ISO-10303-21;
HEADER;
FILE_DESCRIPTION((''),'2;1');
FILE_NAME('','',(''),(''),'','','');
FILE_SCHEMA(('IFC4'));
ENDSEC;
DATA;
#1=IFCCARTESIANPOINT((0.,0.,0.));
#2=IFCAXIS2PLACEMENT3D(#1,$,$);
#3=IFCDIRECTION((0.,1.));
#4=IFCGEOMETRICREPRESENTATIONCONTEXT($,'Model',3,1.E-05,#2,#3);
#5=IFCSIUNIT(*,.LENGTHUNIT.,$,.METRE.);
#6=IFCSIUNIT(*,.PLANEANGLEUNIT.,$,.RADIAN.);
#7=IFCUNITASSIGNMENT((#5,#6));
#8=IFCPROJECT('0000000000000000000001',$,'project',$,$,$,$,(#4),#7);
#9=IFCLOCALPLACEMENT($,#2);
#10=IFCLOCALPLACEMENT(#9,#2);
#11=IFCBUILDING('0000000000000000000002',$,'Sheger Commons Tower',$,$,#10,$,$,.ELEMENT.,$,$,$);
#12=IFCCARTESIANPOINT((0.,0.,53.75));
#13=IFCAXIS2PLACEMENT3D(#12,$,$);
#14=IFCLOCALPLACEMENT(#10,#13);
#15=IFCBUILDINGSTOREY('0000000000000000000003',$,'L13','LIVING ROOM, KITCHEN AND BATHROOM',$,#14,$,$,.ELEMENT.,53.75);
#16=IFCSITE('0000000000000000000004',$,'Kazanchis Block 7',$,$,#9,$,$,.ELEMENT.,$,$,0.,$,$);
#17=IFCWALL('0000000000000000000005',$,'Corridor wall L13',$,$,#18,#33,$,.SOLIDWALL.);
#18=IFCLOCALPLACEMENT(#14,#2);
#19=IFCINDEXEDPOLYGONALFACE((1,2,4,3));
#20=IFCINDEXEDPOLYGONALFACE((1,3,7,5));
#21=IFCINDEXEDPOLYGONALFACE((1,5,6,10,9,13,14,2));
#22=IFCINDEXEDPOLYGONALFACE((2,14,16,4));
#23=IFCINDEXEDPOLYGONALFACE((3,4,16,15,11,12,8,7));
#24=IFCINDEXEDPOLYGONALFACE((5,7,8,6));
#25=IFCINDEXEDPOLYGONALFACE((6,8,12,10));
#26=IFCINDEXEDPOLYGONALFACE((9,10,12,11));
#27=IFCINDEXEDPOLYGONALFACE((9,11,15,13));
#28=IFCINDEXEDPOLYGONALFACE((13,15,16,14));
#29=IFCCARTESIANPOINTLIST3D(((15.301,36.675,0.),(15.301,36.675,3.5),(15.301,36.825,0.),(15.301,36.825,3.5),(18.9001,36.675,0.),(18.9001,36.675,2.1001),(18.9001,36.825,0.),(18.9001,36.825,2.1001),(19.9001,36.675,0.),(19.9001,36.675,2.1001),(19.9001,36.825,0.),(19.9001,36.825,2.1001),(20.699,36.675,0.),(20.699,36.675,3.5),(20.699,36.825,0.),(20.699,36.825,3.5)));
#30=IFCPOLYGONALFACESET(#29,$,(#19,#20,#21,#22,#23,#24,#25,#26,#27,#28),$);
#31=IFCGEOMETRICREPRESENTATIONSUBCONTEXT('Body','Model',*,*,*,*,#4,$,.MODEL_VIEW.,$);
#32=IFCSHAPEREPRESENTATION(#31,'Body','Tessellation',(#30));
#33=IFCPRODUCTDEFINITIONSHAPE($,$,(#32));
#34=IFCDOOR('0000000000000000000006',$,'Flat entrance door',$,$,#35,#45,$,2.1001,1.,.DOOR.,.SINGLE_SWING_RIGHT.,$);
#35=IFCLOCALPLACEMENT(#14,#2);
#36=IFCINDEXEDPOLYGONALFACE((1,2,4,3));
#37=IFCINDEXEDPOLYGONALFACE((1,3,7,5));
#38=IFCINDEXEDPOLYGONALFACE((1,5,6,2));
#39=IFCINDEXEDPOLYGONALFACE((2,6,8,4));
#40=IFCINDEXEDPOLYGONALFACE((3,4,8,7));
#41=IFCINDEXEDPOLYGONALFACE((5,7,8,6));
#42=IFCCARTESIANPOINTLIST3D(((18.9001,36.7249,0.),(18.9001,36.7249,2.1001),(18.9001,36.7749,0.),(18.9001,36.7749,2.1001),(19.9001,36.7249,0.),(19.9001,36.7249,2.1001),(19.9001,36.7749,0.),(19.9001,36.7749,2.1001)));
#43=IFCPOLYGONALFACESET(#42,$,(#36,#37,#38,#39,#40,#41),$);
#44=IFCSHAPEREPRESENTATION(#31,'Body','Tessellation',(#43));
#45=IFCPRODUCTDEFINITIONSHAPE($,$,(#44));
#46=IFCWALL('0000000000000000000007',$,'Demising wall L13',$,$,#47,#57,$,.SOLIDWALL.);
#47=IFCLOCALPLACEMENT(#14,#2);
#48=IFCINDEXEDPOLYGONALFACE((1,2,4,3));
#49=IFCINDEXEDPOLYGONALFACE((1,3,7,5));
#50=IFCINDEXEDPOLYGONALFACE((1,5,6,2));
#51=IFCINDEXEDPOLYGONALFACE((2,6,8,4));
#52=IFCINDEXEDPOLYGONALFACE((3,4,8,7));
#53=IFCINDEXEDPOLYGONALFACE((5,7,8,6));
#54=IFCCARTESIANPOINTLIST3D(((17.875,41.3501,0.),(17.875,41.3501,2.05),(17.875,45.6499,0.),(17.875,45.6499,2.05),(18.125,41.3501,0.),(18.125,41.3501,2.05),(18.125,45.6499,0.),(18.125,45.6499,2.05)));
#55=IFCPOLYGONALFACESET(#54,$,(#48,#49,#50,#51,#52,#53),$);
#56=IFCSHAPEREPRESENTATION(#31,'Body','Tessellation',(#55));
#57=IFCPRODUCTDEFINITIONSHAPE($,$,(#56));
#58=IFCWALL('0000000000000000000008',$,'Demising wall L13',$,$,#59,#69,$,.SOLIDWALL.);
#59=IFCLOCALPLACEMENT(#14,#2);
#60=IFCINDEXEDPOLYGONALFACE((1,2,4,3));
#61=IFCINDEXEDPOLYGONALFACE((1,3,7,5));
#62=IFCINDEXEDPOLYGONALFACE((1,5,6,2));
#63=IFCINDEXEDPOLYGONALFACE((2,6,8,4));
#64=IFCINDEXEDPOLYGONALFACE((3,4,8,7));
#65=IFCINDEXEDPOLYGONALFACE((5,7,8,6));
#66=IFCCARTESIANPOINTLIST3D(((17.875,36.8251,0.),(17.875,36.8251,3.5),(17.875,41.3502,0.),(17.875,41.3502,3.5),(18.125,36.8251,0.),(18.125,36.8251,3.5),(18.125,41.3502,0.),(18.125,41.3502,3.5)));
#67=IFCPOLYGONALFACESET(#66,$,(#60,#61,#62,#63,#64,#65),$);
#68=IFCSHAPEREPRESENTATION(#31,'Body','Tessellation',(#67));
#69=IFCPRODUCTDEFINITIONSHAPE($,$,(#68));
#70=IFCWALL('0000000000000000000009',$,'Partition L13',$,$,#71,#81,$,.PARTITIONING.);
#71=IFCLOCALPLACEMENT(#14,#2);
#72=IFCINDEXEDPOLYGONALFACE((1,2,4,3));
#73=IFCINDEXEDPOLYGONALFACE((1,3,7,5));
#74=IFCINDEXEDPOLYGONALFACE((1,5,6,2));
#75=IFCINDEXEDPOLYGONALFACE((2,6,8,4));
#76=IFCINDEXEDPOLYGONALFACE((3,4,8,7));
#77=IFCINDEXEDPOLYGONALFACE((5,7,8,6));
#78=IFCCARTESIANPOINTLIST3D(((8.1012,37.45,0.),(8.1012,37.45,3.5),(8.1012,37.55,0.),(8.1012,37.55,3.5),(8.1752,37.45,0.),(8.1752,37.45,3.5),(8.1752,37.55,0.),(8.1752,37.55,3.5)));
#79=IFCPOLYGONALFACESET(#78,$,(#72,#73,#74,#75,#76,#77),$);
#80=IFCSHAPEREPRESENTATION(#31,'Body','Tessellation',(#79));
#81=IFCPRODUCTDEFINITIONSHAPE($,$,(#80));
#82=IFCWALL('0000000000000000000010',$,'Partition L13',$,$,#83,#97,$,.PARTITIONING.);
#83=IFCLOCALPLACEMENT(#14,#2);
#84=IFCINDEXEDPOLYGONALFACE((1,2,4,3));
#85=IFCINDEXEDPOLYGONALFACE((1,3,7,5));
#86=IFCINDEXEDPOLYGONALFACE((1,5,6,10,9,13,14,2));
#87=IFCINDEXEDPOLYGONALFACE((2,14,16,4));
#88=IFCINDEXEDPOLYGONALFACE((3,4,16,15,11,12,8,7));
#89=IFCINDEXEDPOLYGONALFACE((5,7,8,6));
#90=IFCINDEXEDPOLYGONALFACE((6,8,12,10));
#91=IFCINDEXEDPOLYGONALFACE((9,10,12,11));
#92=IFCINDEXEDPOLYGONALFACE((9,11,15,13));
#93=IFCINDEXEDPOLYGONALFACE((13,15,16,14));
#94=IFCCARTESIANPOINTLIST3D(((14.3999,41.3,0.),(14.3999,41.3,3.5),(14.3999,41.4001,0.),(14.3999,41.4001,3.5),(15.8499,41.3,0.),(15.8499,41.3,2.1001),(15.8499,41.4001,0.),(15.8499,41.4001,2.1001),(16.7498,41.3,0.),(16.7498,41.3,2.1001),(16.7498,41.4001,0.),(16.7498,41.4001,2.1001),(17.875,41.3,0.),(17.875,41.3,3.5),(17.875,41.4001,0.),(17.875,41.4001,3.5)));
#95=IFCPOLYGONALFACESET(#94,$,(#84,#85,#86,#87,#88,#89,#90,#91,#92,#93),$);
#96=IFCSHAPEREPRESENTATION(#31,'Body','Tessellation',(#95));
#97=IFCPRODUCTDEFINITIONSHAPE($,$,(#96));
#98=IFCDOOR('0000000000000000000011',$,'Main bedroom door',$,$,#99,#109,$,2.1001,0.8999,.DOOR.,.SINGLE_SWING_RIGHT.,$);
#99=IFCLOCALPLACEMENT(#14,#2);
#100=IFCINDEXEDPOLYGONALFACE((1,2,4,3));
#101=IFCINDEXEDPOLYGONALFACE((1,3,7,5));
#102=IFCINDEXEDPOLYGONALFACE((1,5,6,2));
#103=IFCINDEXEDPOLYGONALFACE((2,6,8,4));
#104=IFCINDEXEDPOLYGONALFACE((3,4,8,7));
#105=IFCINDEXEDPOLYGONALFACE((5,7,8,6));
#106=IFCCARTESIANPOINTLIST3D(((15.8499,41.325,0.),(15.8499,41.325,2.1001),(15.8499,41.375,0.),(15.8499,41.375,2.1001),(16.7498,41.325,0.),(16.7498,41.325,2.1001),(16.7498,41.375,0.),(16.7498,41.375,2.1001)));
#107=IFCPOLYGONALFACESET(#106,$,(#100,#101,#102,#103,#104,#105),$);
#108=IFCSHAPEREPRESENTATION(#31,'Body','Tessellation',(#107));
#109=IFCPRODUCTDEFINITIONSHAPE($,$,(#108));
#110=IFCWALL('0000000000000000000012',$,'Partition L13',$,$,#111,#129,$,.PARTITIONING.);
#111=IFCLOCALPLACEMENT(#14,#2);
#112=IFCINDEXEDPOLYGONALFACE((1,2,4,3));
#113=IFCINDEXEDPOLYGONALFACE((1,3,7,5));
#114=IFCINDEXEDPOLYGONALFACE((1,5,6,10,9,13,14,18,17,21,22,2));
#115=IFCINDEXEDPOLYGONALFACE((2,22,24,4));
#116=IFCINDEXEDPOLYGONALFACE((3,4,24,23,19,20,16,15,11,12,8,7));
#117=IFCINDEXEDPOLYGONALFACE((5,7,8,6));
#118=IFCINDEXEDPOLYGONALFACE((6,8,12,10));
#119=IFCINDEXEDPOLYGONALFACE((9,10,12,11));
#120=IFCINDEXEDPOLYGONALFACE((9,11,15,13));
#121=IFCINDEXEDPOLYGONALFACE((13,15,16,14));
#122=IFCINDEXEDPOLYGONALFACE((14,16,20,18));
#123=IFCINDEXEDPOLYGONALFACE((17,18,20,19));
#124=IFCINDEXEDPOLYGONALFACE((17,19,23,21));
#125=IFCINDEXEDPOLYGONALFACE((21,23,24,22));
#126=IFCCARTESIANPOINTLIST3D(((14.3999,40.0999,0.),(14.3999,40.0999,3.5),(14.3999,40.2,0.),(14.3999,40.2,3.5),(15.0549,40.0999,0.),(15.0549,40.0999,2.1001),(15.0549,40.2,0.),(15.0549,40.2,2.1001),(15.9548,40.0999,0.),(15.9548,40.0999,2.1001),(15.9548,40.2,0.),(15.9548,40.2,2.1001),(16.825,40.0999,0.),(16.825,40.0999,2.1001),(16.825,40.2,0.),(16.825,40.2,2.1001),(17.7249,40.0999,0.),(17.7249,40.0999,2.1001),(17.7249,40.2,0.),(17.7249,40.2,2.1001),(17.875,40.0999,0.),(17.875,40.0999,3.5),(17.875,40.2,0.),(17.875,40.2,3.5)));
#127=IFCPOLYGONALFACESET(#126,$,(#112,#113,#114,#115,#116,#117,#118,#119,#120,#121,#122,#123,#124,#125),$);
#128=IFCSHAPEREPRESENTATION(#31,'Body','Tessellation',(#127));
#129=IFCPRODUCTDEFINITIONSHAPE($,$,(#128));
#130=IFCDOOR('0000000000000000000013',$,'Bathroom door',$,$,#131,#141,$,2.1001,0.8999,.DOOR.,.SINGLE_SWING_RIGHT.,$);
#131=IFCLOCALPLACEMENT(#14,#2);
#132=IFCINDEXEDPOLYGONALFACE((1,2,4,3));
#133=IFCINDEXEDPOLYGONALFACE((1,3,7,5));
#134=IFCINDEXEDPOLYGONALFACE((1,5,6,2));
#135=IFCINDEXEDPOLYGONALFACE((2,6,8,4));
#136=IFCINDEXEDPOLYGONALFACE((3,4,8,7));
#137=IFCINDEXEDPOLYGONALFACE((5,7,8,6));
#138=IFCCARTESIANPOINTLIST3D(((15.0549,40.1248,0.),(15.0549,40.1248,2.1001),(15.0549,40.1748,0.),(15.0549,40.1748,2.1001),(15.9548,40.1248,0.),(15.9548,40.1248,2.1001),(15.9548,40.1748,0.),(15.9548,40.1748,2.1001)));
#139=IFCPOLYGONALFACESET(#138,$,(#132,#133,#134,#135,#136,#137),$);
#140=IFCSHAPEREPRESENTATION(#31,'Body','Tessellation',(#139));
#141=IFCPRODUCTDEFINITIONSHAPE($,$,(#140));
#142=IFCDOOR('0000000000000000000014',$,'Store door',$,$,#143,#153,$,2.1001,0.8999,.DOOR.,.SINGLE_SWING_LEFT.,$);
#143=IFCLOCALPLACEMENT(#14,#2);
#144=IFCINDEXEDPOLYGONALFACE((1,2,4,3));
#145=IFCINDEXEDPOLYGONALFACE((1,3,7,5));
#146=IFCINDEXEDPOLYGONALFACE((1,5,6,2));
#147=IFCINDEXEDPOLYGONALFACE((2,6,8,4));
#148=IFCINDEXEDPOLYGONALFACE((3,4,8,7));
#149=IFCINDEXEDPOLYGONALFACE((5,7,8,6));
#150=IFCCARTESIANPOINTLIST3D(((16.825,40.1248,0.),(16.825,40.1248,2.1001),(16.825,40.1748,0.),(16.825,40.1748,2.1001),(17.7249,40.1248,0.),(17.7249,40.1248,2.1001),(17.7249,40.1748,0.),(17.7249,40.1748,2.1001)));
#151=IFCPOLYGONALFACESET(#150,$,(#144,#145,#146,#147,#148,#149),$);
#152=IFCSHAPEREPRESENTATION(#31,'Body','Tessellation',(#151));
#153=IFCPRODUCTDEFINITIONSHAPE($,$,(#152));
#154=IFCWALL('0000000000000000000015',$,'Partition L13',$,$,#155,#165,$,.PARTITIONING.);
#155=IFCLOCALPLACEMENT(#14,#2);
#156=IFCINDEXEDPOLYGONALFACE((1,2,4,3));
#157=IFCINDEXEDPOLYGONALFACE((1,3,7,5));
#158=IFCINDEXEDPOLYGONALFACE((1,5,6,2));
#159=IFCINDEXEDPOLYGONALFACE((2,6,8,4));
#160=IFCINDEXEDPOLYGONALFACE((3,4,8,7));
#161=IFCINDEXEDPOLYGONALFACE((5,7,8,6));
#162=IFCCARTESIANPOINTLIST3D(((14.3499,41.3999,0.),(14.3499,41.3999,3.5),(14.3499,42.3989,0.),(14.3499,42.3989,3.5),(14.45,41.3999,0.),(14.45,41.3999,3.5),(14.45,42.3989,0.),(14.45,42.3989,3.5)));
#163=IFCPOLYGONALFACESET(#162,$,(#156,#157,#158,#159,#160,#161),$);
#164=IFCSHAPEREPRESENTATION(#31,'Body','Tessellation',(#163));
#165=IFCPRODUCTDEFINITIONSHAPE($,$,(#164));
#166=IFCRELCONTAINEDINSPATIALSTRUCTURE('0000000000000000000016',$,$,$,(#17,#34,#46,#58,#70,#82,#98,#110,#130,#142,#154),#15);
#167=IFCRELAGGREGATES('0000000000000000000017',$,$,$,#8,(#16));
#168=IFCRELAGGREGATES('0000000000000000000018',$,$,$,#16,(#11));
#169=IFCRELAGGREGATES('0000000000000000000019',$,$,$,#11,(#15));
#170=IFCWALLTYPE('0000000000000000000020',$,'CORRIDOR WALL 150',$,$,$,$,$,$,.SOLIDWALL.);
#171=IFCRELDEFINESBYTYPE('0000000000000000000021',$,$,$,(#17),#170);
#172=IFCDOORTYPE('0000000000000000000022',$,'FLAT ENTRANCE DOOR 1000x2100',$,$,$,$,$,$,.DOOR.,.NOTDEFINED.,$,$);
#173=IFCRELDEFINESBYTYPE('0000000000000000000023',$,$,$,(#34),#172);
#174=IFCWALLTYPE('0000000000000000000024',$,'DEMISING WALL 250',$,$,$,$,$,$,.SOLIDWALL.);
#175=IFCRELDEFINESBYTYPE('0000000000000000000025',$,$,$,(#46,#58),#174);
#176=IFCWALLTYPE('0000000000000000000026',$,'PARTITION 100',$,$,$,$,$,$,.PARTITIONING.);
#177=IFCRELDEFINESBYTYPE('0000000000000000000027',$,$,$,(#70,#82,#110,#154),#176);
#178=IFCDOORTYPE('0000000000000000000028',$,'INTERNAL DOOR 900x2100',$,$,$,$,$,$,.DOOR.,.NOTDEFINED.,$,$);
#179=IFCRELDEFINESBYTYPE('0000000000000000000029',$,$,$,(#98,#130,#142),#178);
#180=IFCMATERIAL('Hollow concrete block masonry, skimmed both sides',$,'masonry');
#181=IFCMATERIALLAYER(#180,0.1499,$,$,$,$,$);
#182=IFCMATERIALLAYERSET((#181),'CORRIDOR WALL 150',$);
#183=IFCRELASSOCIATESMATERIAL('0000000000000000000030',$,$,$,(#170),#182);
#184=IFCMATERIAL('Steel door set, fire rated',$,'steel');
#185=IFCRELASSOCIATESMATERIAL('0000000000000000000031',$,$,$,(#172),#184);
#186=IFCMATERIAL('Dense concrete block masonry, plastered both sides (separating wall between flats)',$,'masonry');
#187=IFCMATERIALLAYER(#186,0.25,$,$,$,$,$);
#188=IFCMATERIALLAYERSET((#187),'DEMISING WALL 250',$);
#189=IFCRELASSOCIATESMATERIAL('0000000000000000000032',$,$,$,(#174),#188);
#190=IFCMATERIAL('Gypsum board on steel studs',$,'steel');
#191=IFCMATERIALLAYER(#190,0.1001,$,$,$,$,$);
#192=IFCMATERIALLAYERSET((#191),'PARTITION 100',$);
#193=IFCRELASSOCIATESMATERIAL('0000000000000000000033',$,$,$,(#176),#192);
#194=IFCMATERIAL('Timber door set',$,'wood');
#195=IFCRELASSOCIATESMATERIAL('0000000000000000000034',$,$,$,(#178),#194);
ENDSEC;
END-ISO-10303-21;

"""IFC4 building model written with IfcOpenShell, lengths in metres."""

from ifc_helpers import new_model, si_unit, direction, frame, frame_2d, origin, place, context, subcontext, project, spatial, rectangle, extrude, material, layer, layer_set, type_object, element, fill, save


model = new_model("IFC4")

# Units and contexts
model_context = context("Model", 3, precision=1e-05, world=origin(), true_north=direction((0.0, 1.0)))
body_context = subcontext(model_context, "Body", "Model", "MODEL_VIEW")
ifc_project = project(units=[si_unit("LENGTHUNIT", "METRE"), si_unit("PLANEANGLEUNIT", "RADIAN")], contexts=[model_context])

# Site, building, storey
site_placement = place(None, origin())
site = spatial("IfcSite", under=ifc_project, at=site_placement, Name="Kazanchis Block 7", CompositionType="ELEMENT", RefElevation=0.0)
building_placement = place(site_placement, origin())
building = spatial("IfcBuilding", under=site, at=building_placement, Name="Sheger Commons Tower", CompositionType="ELEMENT")
storey_placement = place(building_placement, frame((0.0, 0.0, 53.75)))
storey = spatial("IfcBuildingStorey", under=building, at=storey_placement, Name="L13", Description="LIVING ROOM, KITCHEN AND BATHROOM", CompositionType="ELEMENT", Elevation=53.75)

# Shared definitions
ifc_material_1 = material(Name="Hollow concrete block masonry, skimmed both sides", Category="masonry")
ifc_layer_1 = layer(ifc_material_1, 0.1499)
ifc_layer_set_1 = layer_set([ifc_layer_1], Name="CORRIDOR WALL 150")
wall_type_1 = type_object("IfcWallType", Name="CORRIDOR WALL 150", PredefinedType="SOLIDWALL", material=ifc_layer_set_1)

# Wall, opening, door
ifc_material_2 = material(Name="Steel door set, fire rated", Category="steel")
door_type_1 = type_object("IfcDoorType", Name="FLAT ENTRANCE DOOR 1000x2100", OperationType="NOTDEFINED", PredefinedType="DOOR", material=ifc_material_2)
wall_1_placement = place(storey_placement, frame((15.301, 36.75, 0.0), z_axis=(0.0, 0.0, 1.0), x_axis=(1.0, 0.0, 0.0)))
wall_1 = element("IfcWall", 1, at=wall_1_placement, inside=storey, type_object=wall_type_1, Name="Corridor wall L13", PredefinedType="SOLIDWALL", context=body_context, shape_type="SweptSolid", body=[
    extrude(rectangle(XDim=5.3979, YDim=0.1499, at=frame_2d((2.699, 0.0))), origin(), (0.0, 0.0, 1.0), 3.5),
])
opening_1_placement = place(wall_1_placement, frame((3.5991, 0.0, 0.0)))
opening_1 = element("IfcOpeningElement", 2, at=opening_1_placement, cuts=wall_1, PredefinedType="OPENING", context=body_context, shape_type="SweptSolid", body=[
    extrude(rectangle(XDim=1.0, YDim=2.1001, at=frame_2d((0.5, 1.05))), frame((0.0, 0.085, 0.0), z_axis=(0.0, -1.0, 0.0), x_axis=(1.0, 0.0, 0.0)), (0.0, 0.0, 1.0), 0.1699),
])
door_1_placement = place(opening_1_placement, origin())
door_1 = element("IfcDoor", 3, at=door_1_placement, inside=storey, type_object=door_type_1, Name="Flat entrance door", OperationType="SINGLE_SWING_RIGHT", OverallHeight=2.1001, OverallWidth=1.0, PredefinedType="DOOR", context=body_context, shape_type="SweptSolid", body=[
    extrude(rectangle(XDim=1.0, YDim=2.1001, at=frame_2d((0.5, 1.05))), frame((0.0, 0.0249, 0.0), z_axis=(0.0, -1.0, 0.0), x_axis=(1.0, 0.0, 0.0)), (0.0, 0.0, 1.0), 0.05),
])
fill(opening_1, door_1)

# Walls
ifc_material_3 = material(Name="Dense concrete block masonry, plastered both sides (separating wall between flats)", Category="masonry")
ifc_layer_2 = layer(ifc_material_3, 0.25)
ifc_layer_set_2 = layer_set([ifc_layer_2], Name="DEMISING WALL 250")
wall_type_2 = type_object("IfcWallType", Name="DEMISING WALL 250", PredefinedType="SOLIDWALL", material=ifc_layer_set_2)
wall_2_placement = place(storey_placement, frame((18.0, 41.3501, 0.0), z_axis=(0.0, 0.0, 1.0), x_axis=(0.0, 1.0, 0.0)))
element("IfcWall", 4, at=wall_2_placement, inside=storey, type_object=wall_type_2, Name="Demising wall L13", PredefinedType="SOLIDWALL", context=body_context, shape_type="SweptSolid", body=[
    extrude(rectangle(XDim=4.2998, YDim=0.25, at=frame_2d((2.1499, 0.0))), origin(), (0.0, 0.0, 1.0), 2.05),
])
wall_3_placement = place(storey_placement, frame((18.0, 36.825, 0.0), z_axis=(0.0, 0.0, 1.0), x_axis=(0.0, 1.0, 0.0)))
element("IfcWall", 5, at=wall_3_placement, inside=storey, type_object=wall_type_2, Name="Demising wall L13", PredefinedType="SOLIDWALL", context=body_context, shape_type="SweptSolid", body=[
    extrude(rectangle(XDim=4.5251, YDim=0.25, at=frame_2d((2.2627, 0.0))), origin(), (0.0, 0.0, 1.0), 3.5),
])
ifc_material_4 = material(Name="Gypsum board on steel studs", Category="steel")
ifc_layer_3 = layer(ifc_material_4, 0.1001)
ifc_layer_set_3 = layer_set([ifc_layer_3], Name="PARTITION 100")
wall_type_3 = type_object("IfcWallType", Name="PARTITION 100", PredefinedType="PARTITIONING", material=ifc_layer_set_3)
wall_4_placement = place(storey_placement, frame((8.1011, 37.5, 0.0), z_axis=(0.0, 0.0, 1.0), x_axis=(1.0, 0.0, 0.0)))
element("IfcWall", 6, at=wall_4_placement, inside=storey, type_object=wall_type_3, Name="Partition L13", PredefinedType="PARTITIONING", context=body_context, shape_type="SweptSolid", body=[
    extrude(rectangle(XDim=0.074, YDim=0.1001, at=frame_2d((0.0371, 0.0))), origin(), (0.0, 0.0, 1.0), 3.5),
])

# Wall, opening, door
wall_5_placement = place(storey_placement, frame((14.3999, 41.3501, 0.0), z_axis=(0.0, 0.0, 1.0), x_axis=(1.0, 0.0, 0.0)))
wall_5 = element("IfcWall", 7, at=wall_5_placement, inside=storey, type_object=wall_type_3, Name="Partition L13", PredefinedType="PARTITIONING", context=body_context, shape_type="SweptSolid", body=[
    extrude(rectangle(XDim=3.4751, YDim=0.1001, at=frame_2d((1.7375, 0.0))), origin(), (0.0, 0.0, 1.0), 3.5),
])
opening_2_placement = place(wall_5_placement, frame((1.45, 0.0, 0.0)))
opening_2 = element("IfcOpeningElement", 8, at=opening_2_placement, cuts=wall_5, PredefinedType="OPENING", context=body_context, shape_type="SweptSolid", body=[
    extrude(rectangle(XDim=0.8999, YDim=2.1001, at=frame_2d((0.45, 1.05))), frame((0.0, 0.0601, 0.0), z_axis=(0.0, -1.0, 0.0), x_axis=(1.0, 0.0, 0.0)), (0.0, 0.0, 1.0), 0.1201),
])
ifc_material_5 = material(Name="Timber door set", Category="wood")
door_type_2 = type_object("IfcDoorType", Name="INTERNAL DOOR 900x2100", OperationType="NOTDEFINED", PredefinedType="DOOR", material=ifc_material_5)
door_2_placement = place(opening_2_placement, origin())
door_2 = element("IfcDoor", 9, at=door_2_placement, inside=storey, type_object=door_type_2, Name="Main bedroom door", OperationType="SINGLE_SWING_RIGHT", OverallHeight=2.1001, OverallWidth=0.8999, PredefinedType="DOOR", context=body_context, shape_type="SweptSolid", body=[
    extrude(rectangle(XDim=0.8999, YDim=2.1001, at=frame_2d((0.45, 1.05))), frame((0.0, 0.0249, 0.0), z_axis=(0.0, -1.0, 0.0), x_axis=(1.0, 0.0, 0.0)), (0.0, 0.0, 1.0), 0.05),
])
fill(opening_2, door_2)

# Wall, openings, doors
wall_6_placement = place(storey_placement, frame((14.3999, 40.1499, 0.0), z_axis=(0.0, 0.0, 1.0), x_axis=(1.0, 0.0, 0.0)))
wall_6 = element("IfcWall", 10, at=wall_6_placement, inside=storey, type_object=wall_type_3, Name="Partition L13", PredefinedType="PARTITIONING", context=body_context, shape_type="SweptSolid", body=[
    extrude(rectangle(XDim=3.4751, YDim=0.1001, at=frame_2d((1.7375, 0.0))), origin(), (0.0, 0.0, 1.0), 3.5),
])
opening_3_placement = place(wall_6_placement, frame((0.655, 0.0, 0.0)))
opening_3 = element("IfcOpeningElement", 11, at=opening_3_placement, cuts=wall_6, PredefinedType="OPENING", context=body_context, shape_type="SweptSolid", body=[
    extrude(rectangle(XDim=0.8999, YDim=2.1001, at=frame_2d((0.45, 1.05))), frame((0.0, 0.0601, 0.0), z_axis=(0.0, -1.0, 0.0), x_axis=(1.0, 0.0, 0.0)), (0.0, 0.0, 1.0), 0.1201),
])
opening_4_placement = place(wall_6_placement, frame((2.425, 0.0, 0.0)))
opening_4 = element("IfcOpeningElement", 12, at=opening_4_placement, cuts=wall_6, PredefinedType="OPENING", context=body_context, shape_type="SweptSolid", body=[
    extrude(rectangle(XDim=0.8999, YDim=2.1001, at=frame_2d((0.45, 1.05))), frame((0.0, 0.0601, 0.0), z_axis=(0.0, -1.0, 0.0), x_axis=(1.0, 0.0, 0.0)), (0.0, 0.0, 1.0), 0.1201),
])
door_3_placement = place(opening_3_placement, origin())
door_3 = element("IfcDoor", 13, at=door_3_placement, inside=storey, type_object=door_type_2, Name="Bathroom door", OperationType="SINGLE_SWING_RIGHT", OverallHeight=2.1001, OverallWidth=0.8999, PredefinedType="DOOR", context=body_context, shape_type="SweptSolid", body=[
    extrude(rectangle(XDim=0.8999, YDim=2.1001, at=frame_2d((0.45, 1.05))), frame((0.0, 0.0249, 0.0), z_axis=(0.0, -1.0, 0.0), x_axis=(1.0, 0.0, 0.0)), (0.0, 0.0, 1.0), 0.05),
])
fill(opening_3, door_3)
door_4_placement = place(opening_4_placement, origin())
door_4 = element("IfcDoor", 14, at=door_4_placement, inside=storey, type_object=door_type_2, Name="Store door", OperationType="SINGLE_SWING_LEFT", OverallHeight=2.1001, OverallWidth=0.8999, PredefinedType="DOOR", context=body_context, shape_type="SweptSolid", body=[
    extrude(rectangle(XDim=0.8999, YDim=2.1001, at=frame_2d((0.45, 1.05))), frame((0.0, 0.0249, 0.0), z_axis=(0.0, -1.0, 0.0), x_axis=(1.0, 0.0, 0.0)), (0.0, 0.0, 1.0), 0.05),
])
fill(opening_4, door_4)

# Wall
wall_7_placement = place(storey_placement, frame((14.3999, 41.3999, 0.0), z_axis=(0.0, 0.0, 1.0), x_axis=(0.0, 1.0, 0.0)))
element("IfcWall", 15, at=wall_7_placement, inside=storey, type_object=wall_type_3, Name="Partition L13", PredefinedType="PARTITIONING", context=body_context, shape_type="SweptSolid", body=[
    extrude(rectangle(XDim=0.999, YDim=0.1001, at=frame_2d((0.4995, 0.0))), origin(), (0.0, 0.0, 1.0), 3.5),
])

save(model, "model.ifc")
